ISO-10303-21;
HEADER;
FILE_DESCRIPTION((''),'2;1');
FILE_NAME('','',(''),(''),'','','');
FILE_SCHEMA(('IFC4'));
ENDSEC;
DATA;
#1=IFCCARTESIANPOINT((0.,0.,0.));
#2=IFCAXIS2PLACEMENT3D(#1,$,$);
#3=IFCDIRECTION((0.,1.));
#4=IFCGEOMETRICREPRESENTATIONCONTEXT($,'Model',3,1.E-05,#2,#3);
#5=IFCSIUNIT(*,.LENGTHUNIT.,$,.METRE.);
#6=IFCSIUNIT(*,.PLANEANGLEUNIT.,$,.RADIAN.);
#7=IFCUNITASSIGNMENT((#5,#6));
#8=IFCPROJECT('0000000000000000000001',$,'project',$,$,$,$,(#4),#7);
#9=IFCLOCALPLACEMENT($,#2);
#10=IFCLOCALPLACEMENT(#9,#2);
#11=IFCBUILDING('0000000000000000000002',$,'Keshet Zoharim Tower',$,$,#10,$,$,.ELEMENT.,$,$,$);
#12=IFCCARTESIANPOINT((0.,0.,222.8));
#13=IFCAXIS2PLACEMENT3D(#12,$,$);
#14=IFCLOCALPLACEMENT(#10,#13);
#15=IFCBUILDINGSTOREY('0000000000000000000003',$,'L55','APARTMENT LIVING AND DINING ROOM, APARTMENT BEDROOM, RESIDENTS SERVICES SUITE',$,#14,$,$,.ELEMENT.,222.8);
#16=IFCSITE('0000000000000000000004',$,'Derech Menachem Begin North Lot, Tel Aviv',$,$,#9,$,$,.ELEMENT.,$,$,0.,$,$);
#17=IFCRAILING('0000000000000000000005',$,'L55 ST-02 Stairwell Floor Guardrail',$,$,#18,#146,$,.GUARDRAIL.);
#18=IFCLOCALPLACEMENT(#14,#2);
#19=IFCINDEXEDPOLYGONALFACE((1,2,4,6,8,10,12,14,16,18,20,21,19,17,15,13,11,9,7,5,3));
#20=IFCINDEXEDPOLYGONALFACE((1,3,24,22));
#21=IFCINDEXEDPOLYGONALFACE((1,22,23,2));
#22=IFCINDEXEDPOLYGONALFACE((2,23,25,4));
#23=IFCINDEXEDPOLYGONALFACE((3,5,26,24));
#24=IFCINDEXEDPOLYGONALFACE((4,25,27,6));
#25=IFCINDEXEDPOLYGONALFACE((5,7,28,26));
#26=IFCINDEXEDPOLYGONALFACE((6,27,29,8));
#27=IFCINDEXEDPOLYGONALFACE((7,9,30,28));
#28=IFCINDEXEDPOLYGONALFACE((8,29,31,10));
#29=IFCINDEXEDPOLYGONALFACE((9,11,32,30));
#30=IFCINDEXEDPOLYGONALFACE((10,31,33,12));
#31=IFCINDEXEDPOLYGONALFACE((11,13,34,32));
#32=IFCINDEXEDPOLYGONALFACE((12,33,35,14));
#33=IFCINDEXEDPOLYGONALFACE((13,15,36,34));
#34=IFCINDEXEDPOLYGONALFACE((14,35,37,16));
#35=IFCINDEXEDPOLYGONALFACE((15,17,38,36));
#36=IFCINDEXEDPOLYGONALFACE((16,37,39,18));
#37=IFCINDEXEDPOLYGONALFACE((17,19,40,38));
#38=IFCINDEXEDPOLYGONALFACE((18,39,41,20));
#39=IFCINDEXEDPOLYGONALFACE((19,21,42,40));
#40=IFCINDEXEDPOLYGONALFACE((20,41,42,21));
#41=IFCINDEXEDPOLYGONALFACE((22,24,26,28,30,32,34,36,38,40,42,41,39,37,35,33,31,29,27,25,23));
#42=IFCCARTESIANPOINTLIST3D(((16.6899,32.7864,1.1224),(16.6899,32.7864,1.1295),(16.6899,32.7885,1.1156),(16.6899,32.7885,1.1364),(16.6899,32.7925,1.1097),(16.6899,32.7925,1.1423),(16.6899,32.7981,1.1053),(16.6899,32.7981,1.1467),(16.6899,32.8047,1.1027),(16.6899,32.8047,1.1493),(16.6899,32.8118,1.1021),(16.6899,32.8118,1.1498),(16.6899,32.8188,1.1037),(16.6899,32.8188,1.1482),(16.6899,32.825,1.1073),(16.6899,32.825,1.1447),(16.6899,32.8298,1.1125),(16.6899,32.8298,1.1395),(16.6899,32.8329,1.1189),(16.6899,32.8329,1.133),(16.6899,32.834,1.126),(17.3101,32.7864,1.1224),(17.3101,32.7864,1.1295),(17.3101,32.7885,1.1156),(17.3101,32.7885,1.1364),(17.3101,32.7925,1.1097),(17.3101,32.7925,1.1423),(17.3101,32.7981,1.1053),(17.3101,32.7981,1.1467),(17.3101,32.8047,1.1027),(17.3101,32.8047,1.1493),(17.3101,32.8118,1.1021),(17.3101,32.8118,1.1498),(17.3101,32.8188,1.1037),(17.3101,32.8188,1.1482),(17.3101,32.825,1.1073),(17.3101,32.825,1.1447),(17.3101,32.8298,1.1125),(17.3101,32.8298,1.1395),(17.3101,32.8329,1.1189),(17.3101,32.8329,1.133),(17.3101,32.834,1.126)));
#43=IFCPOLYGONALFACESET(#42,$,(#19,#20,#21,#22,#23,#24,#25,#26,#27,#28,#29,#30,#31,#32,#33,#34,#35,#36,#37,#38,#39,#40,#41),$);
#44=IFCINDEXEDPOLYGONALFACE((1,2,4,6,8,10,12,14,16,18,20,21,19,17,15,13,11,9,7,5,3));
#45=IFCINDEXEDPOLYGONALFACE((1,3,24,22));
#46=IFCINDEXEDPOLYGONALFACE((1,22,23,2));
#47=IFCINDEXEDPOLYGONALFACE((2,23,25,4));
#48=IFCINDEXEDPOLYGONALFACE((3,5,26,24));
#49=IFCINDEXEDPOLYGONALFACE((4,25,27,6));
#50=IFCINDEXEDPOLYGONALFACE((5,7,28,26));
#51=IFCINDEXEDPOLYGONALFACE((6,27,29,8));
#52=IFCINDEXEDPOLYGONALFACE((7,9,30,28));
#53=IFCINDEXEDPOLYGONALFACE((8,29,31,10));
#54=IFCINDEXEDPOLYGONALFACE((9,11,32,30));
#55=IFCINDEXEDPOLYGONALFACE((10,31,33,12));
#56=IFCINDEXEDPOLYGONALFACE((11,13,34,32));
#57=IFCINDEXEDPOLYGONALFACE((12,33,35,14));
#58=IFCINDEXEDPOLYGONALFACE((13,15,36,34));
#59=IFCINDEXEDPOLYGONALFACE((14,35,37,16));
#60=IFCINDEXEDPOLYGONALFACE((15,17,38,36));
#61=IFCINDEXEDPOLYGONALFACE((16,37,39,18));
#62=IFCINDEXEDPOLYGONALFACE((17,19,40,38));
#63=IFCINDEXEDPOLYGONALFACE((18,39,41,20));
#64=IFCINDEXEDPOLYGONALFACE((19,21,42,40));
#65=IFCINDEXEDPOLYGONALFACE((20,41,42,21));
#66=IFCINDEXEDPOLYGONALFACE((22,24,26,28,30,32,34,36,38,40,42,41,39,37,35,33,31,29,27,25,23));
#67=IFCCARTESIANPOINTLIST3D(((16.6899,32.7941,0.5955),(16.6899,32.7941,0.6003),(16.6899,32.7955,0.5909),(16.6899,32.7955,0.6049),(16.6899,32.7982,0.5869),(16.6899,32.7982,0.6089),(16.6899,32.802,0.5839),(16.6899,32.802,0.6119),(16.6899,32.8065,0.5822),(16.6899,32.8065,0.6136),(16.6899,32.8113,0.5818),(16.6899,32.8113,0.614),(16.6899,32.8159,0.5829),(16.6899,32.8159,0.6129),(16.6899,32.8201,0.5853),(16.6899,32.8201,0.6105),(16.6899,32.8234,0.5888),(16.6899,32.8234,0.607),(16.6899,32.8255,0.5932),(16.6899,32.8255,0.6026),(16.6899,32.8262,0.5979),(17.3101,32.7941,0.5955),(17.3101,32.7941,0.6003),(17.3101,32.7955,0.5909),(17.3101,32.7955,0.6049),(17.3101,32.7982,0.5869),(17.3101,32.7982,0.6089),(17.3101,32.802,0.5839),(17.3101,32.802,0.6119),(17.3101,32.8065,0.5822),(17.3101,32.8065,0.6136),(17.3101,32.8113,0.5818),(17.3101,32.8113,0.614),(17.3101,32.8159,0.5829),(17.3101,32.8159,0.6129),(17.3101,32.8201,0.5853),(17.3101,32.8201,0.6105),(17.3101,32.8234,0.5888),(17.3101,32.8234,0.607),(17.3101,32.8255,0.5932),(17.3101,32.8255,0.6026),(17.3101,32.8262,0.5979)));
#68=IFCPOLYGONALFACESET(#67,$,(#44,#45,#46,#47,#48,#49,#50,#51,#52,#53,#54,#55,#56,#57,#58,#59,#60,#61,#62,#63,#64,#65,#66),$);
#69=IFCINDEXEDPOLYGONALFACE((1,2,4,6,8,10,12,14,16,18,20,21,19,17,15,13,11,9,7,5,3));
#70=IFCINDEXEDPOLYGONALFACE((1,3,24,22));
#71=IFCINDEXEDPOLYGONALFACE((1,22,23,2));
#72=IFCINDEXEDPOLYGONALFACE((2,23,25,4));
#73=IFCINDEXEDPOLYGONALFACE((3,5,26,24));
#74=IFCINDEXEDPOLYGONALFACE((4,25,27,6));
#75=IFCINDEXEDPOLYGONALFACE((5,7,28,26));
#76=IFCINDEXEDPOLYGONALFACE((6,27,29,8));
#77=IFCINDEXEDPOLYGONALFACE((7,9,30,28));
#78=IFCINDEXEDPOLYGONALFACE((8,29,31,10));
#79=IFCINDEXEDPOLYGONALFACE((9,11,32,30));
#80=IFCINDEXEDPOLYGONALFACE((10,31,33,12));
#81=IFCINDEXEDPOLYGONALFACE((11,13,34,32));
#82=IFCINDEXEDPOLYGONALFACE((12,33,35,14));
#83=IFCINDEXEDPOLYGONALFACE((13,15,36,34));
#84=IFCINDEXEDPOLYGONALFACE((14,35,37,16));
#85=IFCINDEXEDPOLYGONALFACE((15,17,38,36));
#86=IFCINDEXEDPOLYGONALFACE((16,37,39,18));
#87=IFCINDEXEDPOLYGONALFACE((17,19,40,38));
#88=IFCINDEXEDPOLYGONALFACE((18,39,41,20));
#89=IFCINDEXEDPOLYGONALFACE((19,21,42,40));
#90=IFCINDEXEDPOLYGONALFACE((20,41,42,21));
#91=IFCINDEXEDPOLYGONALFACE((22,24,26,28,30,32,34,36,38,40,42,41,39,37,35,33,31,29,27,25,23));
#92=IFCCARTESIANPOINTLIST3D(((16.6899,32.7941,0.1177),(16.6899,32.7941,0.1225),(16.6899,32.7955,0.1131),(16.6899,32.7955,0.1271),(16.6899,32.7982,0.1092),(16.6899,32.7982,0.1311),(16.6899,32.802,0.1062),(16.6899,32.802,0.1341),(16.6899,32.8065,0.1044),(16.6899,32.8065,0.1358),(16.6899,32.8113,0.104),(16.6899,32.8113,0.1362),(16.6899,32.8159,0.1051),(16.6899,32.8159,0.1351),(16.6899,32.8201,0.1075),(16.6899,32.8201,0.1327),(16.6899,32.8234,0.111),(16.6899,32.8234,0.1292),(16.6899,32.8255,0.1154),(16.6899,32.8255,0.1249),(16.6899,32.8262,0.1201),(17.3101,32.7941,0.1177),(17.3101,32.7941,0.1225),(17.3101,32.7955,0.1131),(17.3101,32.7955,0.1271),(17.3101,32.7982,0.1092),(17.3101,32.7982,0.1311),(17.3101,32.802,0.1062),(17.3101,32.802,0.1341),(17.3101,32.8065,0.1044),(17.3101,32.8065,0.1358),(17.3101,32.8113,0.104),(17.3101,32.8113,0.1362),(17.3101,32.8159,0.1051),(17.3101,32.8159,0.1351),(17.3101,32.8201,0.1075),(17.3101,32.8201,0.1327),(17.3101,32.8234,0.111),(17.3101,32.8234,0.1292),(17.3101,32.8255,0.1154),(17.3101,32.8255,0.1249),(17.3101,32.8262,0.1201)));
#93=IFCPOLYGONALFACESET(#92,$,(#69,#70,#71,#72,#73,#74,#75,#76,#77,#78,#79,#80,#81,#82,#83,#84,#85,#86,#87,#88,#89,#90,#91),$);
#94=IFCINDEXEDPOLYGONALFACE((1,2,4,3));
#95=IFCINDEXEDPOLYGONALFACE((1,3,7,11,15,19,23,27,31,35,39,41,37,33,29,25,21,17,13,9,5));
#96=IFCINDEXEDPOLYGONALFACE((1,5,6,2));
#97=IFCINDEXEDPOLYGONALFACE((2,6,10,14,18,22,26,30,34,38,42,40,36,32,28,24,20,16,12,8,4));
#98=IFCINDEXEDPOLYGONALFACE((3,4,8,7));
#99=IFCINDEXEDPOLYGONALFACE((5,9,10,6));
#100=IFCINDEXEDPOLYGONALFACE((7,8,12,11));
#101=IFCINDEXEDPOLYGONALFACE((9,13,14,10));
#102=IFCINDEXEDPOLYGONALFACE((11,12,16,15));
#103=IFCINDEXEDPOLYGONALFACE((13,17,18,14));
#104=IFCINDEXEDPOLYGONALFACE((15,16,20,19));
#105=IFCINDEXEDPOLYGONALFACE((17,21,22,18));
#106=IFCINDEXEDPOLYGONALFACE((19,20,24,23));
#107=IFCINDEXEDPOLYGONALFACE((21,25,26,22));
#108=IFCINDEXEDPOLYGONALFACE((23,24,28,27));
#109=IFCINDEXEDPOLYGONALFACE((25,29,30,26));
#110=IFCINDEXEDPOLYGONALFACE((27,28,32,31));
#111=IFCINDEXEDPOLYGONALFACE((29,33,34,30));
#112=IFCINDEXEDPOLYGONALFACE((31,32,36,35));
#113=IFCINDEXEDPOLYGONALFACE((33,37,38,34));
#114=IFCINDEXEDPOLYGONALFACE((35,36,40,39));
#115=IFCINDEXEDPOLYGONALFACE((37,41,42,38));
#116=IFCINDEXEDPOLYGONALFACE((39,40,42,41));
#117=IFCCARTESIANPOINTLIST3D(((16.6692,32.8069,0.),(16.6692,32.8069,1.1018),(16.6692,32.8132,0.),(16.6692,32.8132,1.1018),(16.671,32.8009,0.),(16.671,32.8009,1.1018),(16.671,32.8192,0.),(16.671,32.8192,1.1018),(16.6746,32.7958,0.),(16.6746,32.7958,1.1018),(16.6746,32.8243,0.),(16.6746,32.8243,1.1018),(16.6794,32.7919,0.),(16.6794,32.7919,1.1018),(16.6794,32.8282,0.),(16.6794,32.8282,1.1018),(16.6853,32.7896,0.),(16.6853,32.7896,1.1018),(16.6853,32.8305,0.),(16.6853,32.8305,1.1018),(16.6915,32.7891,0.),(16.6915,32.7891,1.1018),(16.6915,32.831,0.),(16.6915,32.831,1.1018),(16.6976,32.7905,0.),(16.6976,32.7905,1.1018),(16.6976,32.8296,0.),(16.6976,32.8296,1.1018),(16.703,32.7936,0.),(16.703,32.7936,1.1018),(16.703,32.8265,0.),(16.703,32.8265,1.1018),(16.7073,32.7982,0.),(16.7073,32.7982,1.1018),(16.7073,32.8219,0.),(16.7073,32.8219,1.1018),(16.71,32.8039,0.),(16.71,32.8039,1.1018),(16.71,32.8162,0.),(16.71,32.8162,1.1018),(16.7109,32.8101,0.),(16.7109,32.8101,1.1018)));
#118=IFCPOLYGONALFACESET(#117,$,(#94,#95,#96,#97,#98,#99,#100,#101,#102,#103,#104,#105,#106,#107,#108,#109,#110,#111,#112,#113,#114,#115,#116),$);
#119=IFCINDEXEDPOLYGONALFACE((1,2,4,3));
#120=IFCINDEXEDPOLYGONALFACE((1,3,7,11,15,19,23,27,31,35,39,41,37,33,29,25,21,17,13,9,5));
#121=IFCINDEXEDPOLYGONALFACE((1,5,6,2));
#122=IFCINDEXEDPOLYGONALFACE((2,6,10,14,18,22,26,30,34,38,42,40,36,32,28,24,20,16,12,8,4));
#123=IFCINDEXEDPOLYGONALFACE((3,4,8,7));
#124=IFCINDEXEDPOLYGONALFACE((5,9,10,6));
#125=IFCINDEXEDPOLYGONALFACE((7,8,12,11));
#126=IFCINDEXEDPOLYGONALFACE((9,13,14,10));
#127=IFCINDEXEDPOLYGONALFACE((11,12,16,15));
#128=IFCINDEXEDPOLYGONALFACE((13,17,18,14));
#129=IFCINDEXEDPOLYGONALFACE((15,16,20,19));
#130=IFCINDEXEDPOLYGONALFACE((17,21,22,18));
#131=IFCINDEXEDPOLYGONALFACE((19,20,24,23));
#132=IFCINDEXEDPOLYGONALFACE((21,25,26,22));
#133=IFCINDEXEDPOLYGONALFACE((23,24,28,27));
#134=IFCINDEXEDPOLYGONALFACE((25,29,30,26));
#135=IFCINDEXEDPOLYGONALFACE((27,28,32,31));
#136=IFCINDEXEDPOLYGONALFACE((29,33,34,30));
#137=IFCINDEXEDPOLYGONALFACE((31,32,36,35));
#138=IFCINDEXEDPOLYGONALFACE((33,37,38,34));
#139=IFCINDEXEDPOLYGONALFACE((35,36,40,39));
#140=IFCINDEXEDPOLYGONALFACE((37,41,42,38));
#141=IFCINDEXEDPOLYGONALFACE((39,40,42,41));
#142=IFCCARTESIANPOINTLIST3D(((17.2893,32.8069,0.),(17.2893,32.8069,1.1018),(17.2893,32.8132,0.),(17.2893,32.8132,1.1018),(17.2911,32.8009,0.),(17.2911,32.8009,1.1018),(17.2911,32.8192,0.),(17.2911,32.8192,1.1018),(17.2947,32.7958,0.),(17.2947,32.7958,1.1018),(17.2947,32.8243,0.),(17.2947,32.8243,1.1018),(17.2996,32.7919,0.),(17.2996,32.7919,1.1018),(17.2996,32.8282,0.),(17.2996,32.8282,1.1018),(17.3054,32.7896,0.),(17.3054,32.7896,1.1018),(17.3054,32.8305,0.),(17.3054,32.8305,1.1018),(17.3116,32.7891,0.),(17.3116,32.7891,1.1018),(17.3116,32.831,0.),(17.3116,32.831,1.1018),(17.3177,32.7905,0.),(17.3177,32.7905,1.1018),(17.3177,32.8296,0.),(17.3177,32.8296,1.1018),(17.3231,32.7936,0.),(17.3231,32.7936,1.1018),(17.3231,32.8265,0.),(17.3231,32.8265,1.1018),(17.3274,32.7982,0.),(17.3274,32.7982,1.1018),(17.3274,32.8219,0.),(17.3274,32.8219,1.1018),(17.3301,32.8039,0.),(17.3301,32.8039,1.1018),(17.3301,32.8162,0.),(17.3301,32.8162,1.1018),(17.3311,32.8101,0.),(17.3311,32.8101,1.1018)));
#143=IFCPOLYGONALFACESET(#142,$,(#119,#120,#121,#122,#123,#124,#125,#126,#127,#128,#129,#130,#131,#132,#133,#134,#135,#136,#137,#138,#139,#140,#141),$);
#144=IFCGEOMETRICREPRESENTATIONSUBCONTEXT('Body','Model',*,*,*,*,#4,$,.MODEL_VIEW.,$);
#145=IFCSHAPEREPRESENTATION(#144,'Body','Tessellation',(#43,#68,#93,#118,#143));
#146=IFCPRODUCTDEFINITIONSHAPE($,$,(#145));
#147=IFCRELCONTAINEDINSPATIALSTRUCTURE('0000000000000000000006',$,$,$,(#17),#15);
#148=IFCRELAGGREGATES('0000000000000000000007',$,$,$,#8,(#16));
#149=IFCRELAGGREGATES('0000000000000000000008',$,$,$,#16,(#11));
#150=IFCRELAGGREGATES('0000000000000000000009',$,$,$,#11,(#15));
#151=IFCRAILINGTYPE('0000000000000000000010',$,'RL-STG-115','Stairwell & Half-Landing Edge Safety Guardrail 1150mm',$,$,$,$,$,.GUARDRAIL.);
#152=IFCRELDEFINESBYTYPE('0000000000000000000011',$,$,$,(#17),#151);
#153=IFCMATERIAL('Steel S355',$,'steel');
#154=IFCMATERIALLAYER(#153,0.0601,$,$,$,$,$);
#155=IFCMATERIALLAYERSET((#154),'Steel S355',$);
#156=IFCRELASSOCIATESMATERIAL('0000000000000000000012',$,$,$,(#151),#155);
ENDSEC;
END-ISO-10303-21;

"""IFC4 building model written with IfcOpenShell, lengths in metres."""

from ifc_helpers import new_model, si_unit, direction, frame, origin, origin_2d, place, context, subcontext, project, spatial, circle, extrude, material, layer, layer_set, type_object, element, save


model = new_model("IFC4")

# Units and contexts
model_context = context("Model", 3, precision=1e-05, world=origin(), true_north=direction((0.0, 1.0)))
body_context = subcontext(model_context, "Body", "Model", "MODEL_VIEW")
ifc_project = project(units=[si_unit("LENGTHUNIT", "METRE"), si_unit("PLANEANGLEUNIT", "RADIAN")], contexts=[model_context])

# Site, building, storey
site_placement = place(None, origin())
site = spatial("IfcSite", under=ifc_project, at=site_placement, Name="Derech Menachem Begin North Lot, Tel Aviv", CompositionType="ELEMENT", RefElevation=0.0)
building_placement = place(site_placement, origin())
building = spatial("IfcBuilding", under=site, at=building_placement, Name="Keshet Zoharim Tower", CompositionType="ELEMENT")
storey_placement = place(building_placement, frame((0.0, 0.0, 222.8)))
storey = spatial("IfcBuildingStorey", under=building, at=storey_placement, Name="L55", Description="APARTMENT LIVING AND DINING ROOM, APARTMENT BEDROOM, RESIDENTS SERVICES SUITE", CompositionType="ELEMENT", Elevation=222.8)

# Shared definitions
ifc_material_1 = material(Name="Steel S355", Category="steel")

# Railing
ifc_layer_1 = layer(ifc_material_1, 0.0601)
ifc_layer_set_1 = layer_set([ifc_layer_1], Name="Steel S355")
railing_type_1 = type_object("IfcRailingType", Name="RL-STG-115", Description="Stairwell & Half-Landing Edge Safety Guardrail 1150mm", PredefinedType="GUARDRAIL", material=ifc_layer_set_1)
railing_1_placement = place(storey_placement, frame((16.6899, 32.8101, 0.0)))
element("IfcRailing", 1, at=railing_1_placement, inside=storey, type_object=railing_type_1, Name="L55 ST-02 Stairwell Floor Guardrail", PredefinedType="GUARDRAIL", context=body_context, shape_type="SweptSolid", body=[
    extrude(circle(Radius=0.0239, at=origin_2d()), frame((0.0, 0.0, 1.126), z_axis=(1.0, 0.0, 0.0), x_axis=(0.0, 1.0, 0.0)), (0.0, 0.0, 1.0), 0.6201),
    extrude(circle(Radius=0.0161, at=origin_2d()), frame((0.0, 0.0, 0.5979), z_axis=(1.0, 0.0, 0.0), x_axis=(0.0, 1.0, 0.0)), (0.0, 0.0, 1.0), 0.6201),
    extrude(circle(Radius=0.0161, at=origin_2d()), frame((0.0, 0.0, 0.1201), z_axis=(1.0, 0.0, 0.0), x_axis=(0.0, 1.0, 0.0)), (0.0, 0.0, 1.0), 0.6201),
    extrude(circle(Radius=0.021, at=origin_2d()), origin(), (0.0, 0.0, 1.0), 1.1018),
    extrude(circle(Radius=0.021, at=origin_2d()), frame((0.6201, 0.0, 0.0)), (0.0, 0.0, 1.0), 1.1018),
])

save(model, "model.ifc")
